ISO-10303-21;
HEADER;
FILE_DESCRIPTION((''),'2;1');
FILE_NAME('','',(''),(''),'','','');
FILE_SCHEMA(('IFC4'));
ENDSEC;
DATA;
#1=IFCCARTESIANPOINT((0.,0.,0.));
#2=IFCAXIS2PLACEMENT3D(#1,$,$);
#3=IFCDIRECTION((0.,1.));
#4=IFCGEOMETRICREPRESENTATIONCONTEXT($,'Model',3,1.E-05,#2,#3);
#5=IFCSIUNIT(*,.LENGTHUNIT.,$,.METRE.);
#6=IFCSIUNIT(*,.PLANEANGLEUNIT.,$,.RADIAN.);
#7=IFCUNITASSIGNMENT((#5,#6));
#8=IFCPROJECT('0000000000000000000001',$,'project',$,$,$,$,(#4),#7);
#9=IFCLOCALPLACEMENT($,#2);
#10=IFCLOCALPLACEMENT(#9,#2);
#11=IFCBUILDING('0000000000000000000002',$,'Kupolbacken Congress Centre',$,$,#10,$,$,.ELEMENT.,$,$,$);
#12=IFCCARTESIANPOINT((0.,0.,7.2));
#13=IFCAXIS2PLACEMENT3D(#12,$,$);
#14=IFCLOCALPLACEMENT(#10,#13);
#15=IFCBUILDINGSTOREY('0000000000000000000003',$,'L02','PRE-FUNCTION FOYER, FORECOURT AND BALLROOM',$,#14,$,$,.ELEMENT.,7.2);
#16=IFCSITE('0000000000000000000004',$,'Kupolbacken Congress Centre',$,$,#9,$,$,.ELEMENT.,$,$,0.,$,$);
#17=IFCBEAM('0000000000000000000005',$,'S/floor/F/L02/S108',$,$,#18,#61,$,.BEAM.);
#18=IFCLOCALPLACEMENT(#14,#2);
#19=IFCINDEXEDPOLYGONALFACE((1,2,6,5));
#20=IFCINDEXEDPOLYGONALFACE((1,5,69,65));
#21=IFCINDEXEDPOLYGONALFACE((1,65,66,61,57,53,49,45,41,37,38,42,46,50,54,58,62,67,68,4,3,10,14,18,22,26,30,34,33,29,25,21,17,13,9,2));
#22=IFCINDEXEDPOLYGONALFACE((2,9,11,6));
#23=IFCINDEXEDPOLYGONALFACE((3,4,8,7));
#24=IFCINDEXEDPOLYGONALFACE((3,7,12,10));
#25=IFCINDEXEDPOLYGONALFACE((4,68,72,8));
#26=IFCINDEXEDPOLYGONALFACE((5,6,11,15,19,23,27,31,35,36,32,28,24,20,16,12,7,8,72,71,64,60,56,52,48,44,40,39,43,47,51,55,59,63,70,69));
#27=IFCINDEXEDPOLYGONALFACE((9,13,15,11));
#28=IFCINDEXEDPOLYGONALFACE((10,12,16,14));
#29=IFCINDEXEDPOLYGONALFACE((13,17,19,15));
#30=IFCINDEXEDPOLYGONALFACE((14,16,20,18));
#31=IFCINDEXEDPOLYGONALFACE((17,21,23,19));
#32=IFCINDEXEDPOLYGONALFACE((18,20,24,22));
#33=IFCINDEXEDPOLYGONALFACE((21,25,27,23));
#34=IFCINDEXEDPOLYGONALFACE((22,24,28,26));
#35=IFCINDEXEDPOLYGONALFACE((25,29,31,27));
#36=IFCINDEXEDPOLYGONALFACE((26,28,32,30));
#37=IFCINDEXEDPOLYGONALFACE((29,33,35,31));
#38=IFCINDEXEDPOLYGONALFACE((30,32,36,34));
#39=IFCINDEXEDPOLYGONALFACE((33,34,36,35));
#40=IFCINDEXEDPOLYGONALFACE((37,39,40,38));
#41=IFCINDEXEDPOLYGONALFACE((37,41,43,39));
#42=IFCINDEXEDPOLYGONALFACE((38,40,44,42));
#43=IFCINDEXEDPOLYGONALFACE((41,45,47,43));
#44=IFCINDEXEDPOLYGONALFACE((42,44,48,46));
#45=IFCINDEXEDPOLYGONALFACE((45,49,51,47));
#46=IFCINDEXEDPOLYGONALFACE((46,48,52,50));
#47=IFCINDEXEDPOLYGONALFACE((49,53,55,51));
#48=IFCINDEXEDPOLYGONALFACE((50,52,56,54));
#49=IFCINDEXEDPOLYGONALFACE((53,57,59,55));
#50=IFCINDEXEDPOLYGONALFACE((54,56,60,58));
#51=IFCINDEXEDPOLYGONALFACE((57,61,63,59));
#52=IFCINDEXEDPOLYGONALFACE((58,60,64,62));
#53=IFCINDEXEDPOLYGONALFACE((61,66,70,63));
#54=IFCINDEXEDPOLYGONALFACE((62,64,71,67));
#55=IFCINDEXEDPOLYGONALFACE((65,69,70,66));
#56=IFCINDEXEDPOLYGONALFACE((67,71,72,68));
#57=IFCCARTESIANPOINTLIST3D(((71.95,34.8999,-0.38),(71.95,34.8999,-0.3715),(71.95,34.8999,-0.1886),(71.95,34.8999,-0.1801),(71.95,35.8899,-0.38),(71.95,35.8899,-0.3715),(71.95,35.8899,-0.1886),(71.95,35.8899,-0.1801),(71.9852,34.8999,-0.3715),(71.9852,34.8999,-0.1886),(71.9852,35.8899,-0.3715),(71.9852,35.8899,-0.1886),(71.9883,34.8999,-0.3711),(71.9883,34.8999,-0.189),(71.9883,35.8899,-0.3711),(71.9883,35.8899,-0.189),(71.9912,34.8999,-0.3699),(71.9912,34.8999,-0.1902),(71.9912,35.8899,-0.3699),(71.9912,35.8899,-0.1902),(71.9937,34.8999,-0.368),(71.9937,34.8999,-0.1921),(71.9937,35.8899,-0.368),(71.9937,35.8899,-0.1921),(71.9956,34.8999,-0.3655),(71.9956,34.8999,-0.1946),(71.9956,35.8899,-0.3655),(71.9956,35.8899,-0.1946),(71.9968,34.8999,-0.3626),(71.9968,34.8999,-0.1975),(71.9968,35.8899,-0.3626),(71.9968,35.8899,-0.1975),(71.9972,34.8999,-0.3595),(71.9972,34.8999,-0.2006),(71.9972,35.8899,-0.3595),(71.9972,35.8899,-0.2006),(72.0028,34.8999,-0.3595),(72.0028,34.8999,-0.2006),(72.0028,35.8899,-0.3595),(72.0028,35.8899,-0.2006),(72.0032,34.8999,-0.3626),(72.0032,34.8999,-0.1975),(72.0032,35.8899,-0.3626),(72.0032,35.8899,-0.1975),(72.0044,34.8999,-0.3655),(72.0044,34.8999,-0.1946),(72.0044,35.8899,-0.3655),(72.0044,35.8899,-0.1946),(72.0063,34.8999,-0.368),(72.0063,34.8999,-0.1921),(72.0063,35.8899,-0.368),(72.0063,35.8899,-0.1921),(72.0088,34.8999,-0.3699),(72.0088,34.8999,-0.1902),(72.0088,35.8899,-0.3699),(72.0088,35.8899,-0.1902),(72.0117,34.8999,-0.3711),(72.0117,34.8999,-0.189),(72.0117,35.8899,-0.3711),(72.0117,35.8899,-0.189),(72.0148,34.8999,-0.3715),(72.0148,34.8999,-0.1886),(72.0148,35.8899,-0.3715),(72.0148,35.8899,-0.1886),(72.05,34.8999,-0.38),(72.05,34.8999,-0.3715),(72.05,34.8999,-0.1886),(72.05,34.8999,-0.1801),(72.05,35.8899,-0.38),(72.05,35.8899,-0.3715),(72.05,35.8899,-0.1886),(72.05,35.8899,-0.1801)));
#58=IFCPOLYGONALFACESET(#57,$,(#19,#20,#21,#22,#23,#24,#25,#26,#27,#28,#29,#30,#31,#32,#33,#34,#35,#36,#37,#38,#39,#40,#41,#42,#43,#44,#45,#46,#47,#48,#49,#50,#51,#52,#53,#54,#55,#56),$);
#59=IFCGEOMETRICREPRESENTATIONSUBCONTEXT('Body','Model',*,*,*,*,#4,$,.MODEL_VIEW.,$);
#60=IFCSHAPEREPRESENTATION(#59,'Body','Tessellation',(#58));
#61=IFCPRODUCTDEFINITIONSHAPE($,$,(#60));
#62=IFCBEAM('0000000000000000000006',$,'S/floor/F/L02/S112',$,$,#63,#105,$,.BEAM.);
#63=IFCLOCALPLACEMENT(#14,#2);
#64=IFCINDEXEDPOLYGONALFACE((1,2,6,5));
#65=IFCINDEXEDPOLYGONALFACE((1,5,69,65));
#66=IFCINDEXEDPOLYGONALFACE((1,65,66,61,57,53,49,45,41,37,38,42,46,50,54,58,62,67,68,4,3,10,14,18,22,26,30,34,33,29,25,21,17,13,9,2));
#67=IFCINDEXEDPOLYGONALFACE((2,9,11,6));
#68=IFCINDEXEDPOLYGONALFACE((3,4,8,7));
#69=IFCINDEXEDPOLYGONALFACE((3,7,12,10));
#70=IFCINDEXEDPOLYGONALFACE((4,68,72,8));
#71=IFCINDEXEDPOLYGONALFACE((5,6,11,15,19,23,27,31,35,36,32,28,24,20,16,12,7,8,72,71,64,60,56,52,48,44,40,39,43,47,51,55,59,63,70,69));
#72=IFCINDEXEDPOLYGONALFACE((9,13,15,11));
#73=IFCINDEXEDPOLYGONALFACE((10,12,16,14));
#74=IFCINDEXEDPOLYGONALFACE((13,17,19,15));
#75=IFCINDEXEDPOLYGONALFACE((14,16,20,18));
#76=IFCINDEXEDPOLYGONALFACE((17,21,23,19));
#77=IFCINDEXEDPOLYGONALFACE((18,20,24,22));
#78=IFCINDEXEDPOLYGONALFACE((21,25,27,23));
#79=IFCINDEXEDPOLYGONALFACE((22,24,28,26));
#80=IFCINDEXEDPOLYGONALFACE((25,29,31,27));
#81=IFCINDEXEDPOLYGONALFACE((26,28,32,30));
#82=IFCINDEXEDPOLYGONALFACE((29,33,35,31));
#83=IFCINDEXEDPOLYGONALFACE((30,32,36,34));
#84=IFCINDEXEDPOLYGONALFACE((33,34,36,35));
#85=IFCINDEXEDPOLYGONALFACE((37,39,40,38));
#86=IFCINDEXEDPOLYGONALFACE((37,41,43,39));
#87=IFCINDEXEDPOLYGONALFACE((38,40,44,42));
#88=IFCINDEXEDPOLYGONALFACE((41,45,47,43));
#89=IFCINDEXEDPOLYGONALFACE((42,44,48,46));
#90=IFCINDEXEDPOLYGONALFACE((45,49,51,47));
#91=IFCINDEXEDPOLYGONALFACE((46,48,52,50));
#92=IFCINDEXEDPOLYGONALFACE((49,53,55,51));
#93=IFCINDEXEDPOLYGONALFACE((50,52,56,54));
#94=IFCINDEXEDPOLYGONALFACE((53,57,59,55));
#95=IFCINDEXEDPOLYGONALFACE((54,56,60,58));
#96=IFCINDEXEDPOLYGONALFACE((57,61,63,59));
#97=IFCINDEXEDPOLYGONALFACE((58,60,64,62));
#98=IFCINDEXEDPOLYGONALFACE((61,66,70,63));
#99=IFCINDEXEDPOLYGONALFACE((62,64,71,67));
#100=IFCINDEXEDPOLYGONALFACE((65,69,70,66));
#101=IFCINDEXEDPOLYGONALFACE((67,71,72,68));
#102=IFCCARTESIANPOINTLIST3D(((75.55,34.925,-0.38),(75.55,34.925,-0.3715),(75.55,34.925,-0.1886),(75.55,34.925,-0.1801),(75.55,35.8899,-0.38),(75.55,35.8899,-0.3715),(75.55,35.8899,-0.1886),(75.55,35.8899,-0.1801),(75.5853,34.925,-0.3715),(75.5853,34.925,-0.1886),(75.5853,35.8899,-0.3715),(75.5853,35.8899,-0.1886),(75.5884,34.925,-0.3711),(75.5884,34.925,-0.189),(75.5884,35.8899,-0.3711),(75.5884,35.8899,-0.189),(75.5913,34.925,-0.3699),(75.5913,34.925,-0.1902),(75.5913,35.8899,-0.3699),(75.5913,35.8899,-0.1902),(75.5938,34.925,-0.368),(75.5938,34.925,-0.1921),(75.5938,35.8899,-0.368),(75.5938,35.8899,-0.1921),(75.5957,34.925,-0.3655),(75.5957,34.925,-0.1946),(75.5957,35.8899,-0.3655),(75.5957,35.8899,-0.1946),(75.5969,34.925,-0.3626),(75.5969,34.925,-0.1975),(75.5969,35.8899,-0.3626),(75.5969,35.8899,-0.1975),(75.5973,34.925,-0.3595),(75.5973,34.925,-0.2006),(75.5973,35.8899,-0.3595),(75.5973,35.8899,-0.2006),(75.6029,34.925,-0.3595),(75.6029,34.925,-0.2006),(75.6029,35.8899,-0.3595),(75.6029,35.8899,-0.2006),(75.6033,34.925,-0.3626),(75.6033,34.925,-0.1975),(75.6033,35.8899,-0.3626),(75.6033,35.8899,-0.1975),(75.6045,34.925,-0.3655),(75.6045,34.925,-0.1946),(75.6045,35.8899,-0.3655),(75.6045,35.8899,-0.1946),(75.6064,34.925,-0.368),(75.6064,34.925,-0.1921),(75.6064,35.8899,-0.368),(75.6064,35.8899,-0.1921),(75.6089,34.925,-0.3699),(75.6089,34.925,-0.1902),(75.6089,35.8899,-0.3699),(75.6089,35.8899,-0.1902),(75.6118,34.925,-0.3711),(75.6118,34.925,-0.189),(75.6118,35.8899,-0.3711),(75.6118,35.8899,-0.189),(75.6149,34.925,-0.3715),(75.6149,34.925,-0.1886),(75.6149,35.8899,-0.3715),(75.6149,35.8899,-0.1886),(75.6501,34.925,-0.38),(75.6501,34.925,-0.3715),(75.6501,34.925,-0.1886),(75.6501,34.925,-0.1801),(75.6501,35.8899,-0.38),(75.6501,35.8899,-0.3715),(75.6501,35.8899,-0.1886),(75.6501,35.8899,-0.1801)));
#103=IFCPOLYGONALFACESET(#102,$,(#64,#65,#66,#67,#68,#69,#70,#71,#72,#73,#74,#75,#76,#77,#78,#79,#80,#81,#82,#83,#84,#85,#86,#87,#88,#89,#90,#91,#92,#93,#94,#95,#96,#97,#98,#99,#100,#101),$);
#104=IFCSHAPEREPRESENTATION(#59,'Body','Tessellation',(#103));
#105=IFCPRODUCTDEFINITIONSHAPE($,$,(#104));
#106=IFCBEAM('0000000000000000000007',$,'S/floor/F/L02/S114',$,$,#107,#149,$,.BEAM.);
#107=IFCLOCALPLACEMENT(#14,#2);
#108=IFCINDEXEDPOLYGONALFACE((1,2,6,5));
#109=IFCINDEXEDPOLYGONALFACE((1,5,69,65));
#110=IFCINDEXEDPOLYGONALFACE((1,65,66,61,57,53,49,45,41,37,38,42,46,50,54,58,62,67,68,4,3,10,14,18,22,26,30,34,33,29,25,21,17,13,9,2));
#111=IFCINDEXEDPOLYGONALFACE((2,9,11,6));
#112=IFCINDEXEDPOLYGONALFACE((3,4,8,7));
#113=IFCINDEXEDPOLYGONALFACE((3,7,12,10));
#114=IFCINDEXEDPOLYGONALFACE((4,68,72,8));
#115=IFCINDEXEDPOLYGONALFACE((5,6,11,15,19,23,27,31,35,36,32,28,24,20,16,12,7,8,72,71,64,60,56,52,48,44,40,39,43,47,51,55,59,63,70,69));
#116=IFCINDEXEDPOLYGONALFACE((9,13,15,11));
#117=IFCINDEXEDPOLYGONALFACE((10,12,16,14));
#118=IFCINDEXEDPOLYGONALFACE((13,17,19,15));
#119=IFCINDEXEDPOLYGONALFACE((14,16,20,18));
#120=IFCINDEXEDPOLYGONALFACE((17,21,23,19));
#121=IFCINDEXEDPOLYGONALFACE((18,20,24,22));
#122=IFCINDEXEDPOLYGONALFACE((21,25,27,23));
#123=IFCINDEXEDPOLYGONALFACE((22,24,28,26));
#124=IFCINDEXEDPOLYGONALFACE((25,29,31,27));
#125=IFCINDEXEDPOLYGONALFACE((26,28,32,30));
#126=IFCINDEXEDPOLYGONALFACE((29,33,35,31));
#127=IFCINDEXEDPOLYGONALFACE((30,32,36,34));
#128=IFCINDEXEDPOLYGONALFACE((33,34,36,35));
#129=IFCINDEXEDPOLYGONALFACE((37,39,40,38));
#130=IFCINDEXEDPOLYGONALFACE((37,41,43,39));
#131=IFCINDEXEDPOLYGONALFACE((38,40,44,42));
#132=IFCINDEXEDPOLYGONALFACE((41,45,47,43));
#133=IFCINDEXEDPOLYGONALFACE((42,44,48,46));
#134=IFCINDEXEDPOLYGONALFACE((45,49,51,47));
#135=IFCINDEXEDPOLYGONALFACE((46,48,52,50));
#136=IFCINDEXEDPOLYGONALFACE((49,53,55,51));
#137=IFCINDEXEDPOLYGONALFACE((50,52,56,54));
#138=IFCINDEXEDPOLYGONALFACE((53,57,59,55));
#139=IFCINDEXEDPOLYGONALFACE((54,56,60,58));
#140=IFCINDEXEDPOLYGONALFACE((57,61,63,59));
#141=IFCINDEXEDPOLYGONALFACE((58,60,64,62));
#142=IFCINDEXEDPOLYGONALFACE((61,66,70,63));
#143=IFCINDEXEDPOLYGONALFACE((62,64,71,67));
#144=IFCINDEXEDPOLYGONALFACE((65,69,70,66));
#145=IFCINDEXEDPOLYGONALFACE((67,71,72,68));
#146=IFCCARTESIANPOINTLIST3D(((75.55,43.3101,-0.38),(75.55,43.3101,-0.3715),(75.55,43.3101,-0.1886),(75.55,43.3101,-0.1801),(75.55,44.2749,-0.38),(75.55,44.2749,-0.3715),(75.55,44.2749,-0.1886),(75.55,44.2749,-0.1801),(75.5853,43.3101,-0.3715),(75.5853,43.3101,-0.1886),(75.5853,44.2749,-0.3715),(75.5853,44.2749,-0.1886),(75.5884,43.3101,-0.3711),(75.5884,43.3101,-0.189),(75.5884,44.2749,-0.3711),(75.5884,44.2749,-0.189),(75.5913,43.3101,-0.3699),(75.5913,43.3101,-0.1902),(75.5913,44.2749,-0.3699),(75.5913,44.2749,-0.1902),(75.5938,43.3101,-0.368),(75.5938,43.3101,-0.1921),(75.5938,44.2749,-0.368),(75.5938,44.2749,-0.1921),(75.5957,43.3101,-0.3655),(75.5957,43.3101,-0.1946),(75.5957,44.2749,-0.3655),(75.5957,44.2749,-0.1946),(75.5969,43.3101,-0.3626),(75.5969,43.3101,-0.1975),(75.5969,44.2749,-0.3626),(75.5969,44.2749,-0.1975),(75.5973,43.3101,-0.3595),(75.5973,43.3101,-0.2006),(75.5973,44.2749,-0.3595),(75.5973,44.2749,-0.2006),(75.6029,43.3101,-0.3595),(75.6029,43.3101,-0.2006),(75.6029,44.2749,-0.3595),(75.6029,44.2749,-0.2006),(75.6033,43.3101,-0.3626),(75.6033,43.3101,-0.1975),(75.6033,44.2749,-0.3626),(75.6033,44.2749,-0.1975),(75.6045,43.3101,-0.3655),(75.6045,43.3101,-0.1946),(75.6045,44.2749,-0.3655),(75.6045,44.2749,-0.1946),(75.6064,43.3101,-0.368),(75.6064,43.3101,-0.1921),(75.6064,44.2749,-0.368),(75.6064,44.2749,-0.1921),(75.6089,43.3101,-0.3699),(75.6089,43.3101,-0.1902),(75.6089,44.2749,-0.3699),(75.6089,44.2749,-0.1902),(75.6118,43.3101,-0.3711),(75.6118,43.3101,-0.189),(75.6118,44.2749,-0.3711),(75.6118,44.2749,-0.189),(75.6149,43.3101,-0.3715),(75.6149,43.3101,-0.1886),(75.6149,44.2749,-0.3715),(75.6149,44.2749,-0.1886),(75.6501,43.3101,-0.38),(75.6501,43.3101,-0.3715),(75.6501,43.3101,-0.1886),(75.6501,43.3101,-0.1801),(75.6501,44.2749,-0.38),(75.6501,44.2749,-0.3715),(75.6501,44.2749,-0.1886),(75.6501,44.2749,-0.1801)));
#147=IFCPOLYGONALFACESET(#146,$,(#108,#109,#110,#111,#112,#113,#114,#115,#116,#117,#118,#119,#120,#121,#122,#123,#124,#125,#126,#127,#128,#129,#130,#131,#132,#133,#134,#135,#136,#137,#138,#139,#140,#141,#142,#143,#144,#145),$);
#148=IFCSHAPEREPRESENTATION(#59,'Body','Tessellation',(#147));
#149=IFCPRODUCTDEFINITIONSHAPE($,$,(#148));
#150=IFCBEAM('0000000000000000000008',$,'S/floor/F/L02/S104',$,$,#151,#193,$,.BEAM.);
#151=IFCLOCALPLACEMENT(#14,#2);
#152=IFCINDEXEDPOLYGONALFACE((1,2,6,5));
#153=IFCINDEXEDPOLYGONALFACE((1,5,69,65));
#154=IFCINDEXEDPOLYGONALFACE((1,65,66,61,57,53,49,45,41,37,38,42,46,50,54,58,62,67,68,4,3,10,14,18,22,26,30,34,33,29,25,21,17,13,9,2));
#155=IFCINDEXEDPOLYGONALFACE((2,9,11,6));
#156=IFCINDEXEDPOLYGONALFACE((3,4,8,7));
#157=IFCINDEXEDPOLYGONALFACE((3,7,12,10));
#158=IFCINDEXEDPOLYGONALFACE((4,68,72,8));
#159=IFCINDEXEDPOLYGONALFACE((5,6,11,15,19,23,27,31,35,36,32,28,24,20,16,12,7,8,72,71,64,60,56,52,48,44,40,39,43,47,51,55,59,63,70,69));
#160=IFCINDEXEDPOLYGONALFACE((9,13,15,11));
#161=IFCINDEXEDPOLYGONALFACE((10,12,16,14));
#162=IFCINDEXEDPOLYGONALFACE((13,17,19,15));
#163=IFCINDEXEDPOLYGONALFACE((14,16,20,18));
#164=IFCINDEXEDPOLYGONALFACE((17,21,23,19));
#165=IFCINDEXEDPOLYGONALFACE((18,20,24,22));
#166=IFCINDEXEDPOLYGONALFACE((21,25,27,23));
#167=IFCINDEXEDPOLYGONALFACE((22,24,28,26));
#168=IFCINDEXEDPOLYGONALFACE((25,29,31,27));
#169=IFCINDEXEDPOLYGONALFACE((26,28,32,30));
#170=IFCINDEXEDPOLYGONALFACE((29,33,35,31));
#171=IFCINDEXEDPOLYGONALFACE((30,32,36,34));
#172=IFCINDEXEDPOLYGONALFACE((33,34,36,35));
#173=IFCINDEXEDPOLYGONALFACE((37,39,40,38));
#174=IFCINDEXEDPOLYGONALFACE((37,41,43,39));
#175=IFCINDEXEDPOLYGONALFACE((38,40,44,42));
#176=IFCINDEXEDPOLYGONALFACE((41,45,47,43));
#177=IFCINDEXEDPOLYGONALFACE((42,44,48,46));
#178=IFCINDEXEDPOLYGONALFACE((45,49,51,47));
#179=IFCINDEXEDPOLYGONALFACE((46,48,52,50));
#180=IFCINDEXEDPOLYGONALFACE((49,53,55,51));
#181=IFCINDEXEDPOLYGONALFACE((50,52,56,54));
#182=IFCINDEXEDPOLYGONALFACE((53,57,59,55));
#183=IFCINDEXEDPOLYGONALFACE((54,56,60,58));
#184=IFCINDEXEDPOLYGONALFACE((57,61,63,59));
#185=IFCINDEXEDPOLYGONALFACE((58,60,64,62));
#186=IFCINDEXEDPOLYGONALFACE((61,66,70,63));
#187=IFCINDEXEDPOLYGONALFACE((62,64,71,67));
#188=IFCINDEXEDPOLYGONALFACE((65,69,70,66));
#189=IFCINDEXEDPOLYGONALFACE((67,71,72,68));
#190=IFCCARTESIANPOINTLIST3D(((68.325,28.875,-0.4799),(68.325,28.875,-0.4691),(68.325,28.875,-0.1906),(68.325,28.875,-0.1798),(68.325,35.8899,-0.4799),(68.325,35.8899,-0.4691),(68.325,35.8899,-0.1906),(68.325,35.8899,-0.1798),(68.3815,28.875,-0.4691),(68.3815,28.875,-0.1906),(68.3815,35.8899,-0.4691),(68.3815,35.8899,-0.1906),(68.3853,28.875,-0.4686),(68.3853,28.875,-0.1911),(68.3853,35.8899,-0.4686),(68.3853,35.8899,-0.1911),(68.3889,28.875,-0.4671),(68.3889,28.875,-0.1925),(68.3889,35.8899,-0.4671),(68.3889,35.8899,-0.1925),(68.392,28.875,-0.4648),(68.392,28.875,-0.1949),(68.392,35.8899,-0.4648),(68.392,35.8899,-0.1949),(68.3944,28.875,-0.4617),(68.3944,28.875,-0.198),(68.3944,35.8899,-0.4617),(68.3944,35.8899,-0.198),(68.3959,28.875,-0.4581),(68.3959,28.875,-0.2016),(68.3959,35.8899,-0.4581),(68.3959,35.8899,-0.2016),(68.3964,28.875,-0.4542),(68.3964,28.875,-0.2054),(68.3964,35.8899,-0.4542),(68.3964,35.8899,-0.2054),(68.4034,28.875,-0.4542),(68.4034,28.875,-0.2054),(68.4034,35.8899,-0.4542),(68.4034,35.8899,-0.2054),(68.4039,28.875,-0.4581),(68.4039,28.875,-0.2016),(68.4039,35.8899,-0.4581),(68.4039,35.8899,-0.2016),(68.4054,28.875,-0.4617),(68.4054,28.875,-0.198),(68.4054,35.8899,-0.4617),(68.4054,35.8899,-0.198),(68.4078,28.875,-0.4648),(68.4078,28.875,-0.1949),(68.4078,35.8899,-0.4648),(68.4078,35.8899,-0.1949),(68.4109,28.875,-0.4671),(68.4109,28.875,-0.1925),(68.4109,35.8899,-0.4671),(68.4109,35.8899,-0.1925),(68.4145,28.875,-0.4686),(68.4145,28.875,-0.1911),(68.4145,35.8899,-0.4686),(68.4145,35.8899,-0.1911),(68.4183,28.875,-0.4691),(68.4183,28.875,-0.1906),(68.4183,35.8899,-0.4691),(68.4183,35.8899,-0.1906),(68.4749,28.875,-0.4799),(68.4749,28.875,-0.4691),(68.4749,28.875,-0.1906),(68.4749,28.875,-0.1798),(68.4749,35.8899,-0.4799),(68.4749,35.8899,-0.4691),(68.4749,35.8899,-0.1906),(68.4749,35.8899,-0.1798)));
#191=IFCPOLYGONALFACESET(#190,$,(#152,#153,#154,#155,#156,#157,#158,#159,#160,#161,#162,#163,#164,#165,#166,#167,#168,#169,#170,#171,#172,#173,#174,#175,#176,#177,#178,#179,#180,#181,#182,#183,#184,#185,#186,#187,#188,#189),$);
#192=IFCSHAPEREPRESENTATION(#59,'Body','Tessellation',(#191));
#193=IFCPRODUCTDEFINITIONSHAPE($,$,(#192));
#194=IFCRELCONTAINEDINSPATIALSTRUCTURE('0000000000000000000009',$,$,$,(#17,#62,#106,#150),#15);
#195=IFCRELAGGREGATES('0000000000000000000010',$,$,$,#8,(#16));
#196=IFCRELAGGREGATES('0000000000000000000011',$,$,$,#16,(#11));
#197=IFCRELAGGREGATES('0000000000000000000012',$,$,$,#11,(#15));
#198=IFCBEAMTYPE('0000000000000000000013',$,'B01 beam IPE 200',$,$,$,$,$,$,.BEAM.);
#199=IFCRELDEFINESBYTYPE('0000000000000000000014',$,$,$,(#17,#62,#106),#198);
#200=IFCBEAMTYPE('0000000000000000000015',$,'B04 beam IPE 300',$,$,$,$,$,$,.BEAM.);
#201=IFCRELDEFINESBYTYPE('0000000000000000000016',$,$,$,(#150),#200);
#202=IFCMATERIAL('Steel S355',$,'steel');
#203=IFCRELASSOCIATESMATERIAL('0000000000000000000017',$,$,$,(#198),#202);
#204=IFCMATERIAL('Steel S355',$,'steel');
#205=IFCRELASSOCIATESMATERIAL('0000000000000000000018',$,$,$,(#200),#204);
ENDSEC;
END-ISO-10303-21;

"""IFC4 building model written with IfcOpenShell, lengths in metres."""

from ifc_helpers import new_model, si_unit, direction, frame, origin, origin_2d, place, context, subcontext, project, spatial, i_section, extrude, material, material_profile, profile_set, type_object, element, save


model = new_model("IFC4")

# Units and contexts
model_context = context("Model", 3, precision=1e-05, world=origin(), true_north=direction((0.0, 1.0)))
body_context = subcontext(model_context, "Body", "Model", "MODEL_VIEW")
ifc_project = project(units=[si_unit("LENGTHUNIT", "METRE"), si_unit("PLANEANGLEUNIT", "RADIAN")], contexts=[model_context])

# Site, building, storey
site_placement = place(None, origin())
site = spatial("IfcSite", under=ifc_project, at=site_placement, Name="Kupolbacken Congress Centre", CompositionType="ELEMENT", RefElevation=0.0)
building_placement = place(site_placement, origin())
building = spatial("IfcBuilding", under=site, at=building_placement, Name="Kupolbacken Congress Centre", CompositionType="ELEMENT")
storey_placement = place(building_placement, frame((0.0, 0.0, 7.2)))
storey = spatial("IfcBuildingStorey", under=building, at=storey_placement, Name="L02", Description="PRE-FUNCTION FOYER, FORECOURT AND BALLROOM", CompositionType="ELEMENT", Elevation=7.2)

# Beams
ifc_material_1 = material(Name="Steel S355", Category="steel")
ifc_material_profile_1 = material_profile(ifc_material_1, i_section(OverallWidth=0.1001, OverallDepth=0.2, WebThickness=0.0056, FlangeThickness=0.0085, FilletRadius=0.012, at=origin_2d()), Name="IPE 200")
ifc_profile_set_1 = profile_set([ifc_material_profile_1], Name="Steel S355")
beam_type_1 = type_object("IfcBeamType", Name="B01 beam IPE 200", PredefinedType="BEAM", material=ifc_profile_set_1)
beam_1_placement = place(storey_placement, frame((72.0, 34.8999, -0.28), z_axis=(0.0, 1.0, 0.0), x_axis=(-1.0, 0.0, 0.0)))
element("IfcBeam", 1, at=beam_1_placement, inside=storey, type_object=beam_type_1, Name="S/floor/F/L02/S108", PredefinedType="BEAM", context=body_context, shape_type="SweptSolid", body=[
    extrude(i_section(OverallWidth=0.1001, OverallDepth=0.2, WebThickness=0.0056, FlangeThickness=0.0085, FilletRadius=0.012, at=origin_2d()), origin(), (0.0, 0.0, 1.0), 0.99),
])
for number, where, z_axis, x_axis, name in (
    (2, (75.6001, 34.925, -0.28), (0.0, 1.0, 0.0), (-1.0, 0.0, 0.0), "S/floor/F/L02/S112"),
    (3, (75.6001, 43.3101, -0.28), (0.0, 1.0, 0.0), (-1.0, 0.0, 0.0), "S/floor/F/L02/S114"),
):
    element("IfcBeam", number, at=place(storey_placement, frame(where, z_axis=z_axis, x_axis=x_axis)), inside=storey, type_object=beam_type_1, Name=name, PredefinedType="BEAM", context=body_context, shape_type="SweptSolid", body=[
        extrude(i_section(OverallWidth=0.1001, OverallDepth=0.2, WebThickness=0.0056, FlangeThickness=0.0085, FilletRadius=0.012, at=origin_2d()), origin(), (0.0, 0.0, 1.0), 0.9648),
    ])
ifc_material_2 = material(Name="Steel S355", Category="steel")
ifc_material_profile_2 = material_profile(ifc_material_2, i_section(OverallWidth=0.1499, OverallDepth=0.3, WebThickness=0.0071, FlangeThickness=0.0107, FilletRadius=0.0149, at=origin_2d()), Name="IPE 300")
ifc_profile_set_2 = profile_set([ifc_material_profile_2], Name="Steel S355")
beam_type_2 = type_object("IfcBeamType", Name="B04 beam IPE 300", PredefinedType="BEAM", material=ifc_profile_set_2)
beam_2_placement = place(storey_placement, frame((68.3999, 28.875, -0.3298), z_axis=(0.0, 1.0, 0.0), x_axis=(-1.0, 0.0, 0.0)))
element("IfcBeam", 4, at=beam_2_placement, inside=storey, type_object=beam_type_2, Name="S/floor/F/L02/S104", PredefinedType="BEAM", context=body_context, shape_type="SweptSolid", body=[
    extrude(i_section(OverallWidth=0.1499, OverallDepth=0.3, WebThickness=0.0071, FlangeThickness=0.0107, FilletRadius=0.0149, at=origin_2d()), origin(), (0.0, 0.0, 1.0), 7.0149),
])

save(model, "model.ifc")
